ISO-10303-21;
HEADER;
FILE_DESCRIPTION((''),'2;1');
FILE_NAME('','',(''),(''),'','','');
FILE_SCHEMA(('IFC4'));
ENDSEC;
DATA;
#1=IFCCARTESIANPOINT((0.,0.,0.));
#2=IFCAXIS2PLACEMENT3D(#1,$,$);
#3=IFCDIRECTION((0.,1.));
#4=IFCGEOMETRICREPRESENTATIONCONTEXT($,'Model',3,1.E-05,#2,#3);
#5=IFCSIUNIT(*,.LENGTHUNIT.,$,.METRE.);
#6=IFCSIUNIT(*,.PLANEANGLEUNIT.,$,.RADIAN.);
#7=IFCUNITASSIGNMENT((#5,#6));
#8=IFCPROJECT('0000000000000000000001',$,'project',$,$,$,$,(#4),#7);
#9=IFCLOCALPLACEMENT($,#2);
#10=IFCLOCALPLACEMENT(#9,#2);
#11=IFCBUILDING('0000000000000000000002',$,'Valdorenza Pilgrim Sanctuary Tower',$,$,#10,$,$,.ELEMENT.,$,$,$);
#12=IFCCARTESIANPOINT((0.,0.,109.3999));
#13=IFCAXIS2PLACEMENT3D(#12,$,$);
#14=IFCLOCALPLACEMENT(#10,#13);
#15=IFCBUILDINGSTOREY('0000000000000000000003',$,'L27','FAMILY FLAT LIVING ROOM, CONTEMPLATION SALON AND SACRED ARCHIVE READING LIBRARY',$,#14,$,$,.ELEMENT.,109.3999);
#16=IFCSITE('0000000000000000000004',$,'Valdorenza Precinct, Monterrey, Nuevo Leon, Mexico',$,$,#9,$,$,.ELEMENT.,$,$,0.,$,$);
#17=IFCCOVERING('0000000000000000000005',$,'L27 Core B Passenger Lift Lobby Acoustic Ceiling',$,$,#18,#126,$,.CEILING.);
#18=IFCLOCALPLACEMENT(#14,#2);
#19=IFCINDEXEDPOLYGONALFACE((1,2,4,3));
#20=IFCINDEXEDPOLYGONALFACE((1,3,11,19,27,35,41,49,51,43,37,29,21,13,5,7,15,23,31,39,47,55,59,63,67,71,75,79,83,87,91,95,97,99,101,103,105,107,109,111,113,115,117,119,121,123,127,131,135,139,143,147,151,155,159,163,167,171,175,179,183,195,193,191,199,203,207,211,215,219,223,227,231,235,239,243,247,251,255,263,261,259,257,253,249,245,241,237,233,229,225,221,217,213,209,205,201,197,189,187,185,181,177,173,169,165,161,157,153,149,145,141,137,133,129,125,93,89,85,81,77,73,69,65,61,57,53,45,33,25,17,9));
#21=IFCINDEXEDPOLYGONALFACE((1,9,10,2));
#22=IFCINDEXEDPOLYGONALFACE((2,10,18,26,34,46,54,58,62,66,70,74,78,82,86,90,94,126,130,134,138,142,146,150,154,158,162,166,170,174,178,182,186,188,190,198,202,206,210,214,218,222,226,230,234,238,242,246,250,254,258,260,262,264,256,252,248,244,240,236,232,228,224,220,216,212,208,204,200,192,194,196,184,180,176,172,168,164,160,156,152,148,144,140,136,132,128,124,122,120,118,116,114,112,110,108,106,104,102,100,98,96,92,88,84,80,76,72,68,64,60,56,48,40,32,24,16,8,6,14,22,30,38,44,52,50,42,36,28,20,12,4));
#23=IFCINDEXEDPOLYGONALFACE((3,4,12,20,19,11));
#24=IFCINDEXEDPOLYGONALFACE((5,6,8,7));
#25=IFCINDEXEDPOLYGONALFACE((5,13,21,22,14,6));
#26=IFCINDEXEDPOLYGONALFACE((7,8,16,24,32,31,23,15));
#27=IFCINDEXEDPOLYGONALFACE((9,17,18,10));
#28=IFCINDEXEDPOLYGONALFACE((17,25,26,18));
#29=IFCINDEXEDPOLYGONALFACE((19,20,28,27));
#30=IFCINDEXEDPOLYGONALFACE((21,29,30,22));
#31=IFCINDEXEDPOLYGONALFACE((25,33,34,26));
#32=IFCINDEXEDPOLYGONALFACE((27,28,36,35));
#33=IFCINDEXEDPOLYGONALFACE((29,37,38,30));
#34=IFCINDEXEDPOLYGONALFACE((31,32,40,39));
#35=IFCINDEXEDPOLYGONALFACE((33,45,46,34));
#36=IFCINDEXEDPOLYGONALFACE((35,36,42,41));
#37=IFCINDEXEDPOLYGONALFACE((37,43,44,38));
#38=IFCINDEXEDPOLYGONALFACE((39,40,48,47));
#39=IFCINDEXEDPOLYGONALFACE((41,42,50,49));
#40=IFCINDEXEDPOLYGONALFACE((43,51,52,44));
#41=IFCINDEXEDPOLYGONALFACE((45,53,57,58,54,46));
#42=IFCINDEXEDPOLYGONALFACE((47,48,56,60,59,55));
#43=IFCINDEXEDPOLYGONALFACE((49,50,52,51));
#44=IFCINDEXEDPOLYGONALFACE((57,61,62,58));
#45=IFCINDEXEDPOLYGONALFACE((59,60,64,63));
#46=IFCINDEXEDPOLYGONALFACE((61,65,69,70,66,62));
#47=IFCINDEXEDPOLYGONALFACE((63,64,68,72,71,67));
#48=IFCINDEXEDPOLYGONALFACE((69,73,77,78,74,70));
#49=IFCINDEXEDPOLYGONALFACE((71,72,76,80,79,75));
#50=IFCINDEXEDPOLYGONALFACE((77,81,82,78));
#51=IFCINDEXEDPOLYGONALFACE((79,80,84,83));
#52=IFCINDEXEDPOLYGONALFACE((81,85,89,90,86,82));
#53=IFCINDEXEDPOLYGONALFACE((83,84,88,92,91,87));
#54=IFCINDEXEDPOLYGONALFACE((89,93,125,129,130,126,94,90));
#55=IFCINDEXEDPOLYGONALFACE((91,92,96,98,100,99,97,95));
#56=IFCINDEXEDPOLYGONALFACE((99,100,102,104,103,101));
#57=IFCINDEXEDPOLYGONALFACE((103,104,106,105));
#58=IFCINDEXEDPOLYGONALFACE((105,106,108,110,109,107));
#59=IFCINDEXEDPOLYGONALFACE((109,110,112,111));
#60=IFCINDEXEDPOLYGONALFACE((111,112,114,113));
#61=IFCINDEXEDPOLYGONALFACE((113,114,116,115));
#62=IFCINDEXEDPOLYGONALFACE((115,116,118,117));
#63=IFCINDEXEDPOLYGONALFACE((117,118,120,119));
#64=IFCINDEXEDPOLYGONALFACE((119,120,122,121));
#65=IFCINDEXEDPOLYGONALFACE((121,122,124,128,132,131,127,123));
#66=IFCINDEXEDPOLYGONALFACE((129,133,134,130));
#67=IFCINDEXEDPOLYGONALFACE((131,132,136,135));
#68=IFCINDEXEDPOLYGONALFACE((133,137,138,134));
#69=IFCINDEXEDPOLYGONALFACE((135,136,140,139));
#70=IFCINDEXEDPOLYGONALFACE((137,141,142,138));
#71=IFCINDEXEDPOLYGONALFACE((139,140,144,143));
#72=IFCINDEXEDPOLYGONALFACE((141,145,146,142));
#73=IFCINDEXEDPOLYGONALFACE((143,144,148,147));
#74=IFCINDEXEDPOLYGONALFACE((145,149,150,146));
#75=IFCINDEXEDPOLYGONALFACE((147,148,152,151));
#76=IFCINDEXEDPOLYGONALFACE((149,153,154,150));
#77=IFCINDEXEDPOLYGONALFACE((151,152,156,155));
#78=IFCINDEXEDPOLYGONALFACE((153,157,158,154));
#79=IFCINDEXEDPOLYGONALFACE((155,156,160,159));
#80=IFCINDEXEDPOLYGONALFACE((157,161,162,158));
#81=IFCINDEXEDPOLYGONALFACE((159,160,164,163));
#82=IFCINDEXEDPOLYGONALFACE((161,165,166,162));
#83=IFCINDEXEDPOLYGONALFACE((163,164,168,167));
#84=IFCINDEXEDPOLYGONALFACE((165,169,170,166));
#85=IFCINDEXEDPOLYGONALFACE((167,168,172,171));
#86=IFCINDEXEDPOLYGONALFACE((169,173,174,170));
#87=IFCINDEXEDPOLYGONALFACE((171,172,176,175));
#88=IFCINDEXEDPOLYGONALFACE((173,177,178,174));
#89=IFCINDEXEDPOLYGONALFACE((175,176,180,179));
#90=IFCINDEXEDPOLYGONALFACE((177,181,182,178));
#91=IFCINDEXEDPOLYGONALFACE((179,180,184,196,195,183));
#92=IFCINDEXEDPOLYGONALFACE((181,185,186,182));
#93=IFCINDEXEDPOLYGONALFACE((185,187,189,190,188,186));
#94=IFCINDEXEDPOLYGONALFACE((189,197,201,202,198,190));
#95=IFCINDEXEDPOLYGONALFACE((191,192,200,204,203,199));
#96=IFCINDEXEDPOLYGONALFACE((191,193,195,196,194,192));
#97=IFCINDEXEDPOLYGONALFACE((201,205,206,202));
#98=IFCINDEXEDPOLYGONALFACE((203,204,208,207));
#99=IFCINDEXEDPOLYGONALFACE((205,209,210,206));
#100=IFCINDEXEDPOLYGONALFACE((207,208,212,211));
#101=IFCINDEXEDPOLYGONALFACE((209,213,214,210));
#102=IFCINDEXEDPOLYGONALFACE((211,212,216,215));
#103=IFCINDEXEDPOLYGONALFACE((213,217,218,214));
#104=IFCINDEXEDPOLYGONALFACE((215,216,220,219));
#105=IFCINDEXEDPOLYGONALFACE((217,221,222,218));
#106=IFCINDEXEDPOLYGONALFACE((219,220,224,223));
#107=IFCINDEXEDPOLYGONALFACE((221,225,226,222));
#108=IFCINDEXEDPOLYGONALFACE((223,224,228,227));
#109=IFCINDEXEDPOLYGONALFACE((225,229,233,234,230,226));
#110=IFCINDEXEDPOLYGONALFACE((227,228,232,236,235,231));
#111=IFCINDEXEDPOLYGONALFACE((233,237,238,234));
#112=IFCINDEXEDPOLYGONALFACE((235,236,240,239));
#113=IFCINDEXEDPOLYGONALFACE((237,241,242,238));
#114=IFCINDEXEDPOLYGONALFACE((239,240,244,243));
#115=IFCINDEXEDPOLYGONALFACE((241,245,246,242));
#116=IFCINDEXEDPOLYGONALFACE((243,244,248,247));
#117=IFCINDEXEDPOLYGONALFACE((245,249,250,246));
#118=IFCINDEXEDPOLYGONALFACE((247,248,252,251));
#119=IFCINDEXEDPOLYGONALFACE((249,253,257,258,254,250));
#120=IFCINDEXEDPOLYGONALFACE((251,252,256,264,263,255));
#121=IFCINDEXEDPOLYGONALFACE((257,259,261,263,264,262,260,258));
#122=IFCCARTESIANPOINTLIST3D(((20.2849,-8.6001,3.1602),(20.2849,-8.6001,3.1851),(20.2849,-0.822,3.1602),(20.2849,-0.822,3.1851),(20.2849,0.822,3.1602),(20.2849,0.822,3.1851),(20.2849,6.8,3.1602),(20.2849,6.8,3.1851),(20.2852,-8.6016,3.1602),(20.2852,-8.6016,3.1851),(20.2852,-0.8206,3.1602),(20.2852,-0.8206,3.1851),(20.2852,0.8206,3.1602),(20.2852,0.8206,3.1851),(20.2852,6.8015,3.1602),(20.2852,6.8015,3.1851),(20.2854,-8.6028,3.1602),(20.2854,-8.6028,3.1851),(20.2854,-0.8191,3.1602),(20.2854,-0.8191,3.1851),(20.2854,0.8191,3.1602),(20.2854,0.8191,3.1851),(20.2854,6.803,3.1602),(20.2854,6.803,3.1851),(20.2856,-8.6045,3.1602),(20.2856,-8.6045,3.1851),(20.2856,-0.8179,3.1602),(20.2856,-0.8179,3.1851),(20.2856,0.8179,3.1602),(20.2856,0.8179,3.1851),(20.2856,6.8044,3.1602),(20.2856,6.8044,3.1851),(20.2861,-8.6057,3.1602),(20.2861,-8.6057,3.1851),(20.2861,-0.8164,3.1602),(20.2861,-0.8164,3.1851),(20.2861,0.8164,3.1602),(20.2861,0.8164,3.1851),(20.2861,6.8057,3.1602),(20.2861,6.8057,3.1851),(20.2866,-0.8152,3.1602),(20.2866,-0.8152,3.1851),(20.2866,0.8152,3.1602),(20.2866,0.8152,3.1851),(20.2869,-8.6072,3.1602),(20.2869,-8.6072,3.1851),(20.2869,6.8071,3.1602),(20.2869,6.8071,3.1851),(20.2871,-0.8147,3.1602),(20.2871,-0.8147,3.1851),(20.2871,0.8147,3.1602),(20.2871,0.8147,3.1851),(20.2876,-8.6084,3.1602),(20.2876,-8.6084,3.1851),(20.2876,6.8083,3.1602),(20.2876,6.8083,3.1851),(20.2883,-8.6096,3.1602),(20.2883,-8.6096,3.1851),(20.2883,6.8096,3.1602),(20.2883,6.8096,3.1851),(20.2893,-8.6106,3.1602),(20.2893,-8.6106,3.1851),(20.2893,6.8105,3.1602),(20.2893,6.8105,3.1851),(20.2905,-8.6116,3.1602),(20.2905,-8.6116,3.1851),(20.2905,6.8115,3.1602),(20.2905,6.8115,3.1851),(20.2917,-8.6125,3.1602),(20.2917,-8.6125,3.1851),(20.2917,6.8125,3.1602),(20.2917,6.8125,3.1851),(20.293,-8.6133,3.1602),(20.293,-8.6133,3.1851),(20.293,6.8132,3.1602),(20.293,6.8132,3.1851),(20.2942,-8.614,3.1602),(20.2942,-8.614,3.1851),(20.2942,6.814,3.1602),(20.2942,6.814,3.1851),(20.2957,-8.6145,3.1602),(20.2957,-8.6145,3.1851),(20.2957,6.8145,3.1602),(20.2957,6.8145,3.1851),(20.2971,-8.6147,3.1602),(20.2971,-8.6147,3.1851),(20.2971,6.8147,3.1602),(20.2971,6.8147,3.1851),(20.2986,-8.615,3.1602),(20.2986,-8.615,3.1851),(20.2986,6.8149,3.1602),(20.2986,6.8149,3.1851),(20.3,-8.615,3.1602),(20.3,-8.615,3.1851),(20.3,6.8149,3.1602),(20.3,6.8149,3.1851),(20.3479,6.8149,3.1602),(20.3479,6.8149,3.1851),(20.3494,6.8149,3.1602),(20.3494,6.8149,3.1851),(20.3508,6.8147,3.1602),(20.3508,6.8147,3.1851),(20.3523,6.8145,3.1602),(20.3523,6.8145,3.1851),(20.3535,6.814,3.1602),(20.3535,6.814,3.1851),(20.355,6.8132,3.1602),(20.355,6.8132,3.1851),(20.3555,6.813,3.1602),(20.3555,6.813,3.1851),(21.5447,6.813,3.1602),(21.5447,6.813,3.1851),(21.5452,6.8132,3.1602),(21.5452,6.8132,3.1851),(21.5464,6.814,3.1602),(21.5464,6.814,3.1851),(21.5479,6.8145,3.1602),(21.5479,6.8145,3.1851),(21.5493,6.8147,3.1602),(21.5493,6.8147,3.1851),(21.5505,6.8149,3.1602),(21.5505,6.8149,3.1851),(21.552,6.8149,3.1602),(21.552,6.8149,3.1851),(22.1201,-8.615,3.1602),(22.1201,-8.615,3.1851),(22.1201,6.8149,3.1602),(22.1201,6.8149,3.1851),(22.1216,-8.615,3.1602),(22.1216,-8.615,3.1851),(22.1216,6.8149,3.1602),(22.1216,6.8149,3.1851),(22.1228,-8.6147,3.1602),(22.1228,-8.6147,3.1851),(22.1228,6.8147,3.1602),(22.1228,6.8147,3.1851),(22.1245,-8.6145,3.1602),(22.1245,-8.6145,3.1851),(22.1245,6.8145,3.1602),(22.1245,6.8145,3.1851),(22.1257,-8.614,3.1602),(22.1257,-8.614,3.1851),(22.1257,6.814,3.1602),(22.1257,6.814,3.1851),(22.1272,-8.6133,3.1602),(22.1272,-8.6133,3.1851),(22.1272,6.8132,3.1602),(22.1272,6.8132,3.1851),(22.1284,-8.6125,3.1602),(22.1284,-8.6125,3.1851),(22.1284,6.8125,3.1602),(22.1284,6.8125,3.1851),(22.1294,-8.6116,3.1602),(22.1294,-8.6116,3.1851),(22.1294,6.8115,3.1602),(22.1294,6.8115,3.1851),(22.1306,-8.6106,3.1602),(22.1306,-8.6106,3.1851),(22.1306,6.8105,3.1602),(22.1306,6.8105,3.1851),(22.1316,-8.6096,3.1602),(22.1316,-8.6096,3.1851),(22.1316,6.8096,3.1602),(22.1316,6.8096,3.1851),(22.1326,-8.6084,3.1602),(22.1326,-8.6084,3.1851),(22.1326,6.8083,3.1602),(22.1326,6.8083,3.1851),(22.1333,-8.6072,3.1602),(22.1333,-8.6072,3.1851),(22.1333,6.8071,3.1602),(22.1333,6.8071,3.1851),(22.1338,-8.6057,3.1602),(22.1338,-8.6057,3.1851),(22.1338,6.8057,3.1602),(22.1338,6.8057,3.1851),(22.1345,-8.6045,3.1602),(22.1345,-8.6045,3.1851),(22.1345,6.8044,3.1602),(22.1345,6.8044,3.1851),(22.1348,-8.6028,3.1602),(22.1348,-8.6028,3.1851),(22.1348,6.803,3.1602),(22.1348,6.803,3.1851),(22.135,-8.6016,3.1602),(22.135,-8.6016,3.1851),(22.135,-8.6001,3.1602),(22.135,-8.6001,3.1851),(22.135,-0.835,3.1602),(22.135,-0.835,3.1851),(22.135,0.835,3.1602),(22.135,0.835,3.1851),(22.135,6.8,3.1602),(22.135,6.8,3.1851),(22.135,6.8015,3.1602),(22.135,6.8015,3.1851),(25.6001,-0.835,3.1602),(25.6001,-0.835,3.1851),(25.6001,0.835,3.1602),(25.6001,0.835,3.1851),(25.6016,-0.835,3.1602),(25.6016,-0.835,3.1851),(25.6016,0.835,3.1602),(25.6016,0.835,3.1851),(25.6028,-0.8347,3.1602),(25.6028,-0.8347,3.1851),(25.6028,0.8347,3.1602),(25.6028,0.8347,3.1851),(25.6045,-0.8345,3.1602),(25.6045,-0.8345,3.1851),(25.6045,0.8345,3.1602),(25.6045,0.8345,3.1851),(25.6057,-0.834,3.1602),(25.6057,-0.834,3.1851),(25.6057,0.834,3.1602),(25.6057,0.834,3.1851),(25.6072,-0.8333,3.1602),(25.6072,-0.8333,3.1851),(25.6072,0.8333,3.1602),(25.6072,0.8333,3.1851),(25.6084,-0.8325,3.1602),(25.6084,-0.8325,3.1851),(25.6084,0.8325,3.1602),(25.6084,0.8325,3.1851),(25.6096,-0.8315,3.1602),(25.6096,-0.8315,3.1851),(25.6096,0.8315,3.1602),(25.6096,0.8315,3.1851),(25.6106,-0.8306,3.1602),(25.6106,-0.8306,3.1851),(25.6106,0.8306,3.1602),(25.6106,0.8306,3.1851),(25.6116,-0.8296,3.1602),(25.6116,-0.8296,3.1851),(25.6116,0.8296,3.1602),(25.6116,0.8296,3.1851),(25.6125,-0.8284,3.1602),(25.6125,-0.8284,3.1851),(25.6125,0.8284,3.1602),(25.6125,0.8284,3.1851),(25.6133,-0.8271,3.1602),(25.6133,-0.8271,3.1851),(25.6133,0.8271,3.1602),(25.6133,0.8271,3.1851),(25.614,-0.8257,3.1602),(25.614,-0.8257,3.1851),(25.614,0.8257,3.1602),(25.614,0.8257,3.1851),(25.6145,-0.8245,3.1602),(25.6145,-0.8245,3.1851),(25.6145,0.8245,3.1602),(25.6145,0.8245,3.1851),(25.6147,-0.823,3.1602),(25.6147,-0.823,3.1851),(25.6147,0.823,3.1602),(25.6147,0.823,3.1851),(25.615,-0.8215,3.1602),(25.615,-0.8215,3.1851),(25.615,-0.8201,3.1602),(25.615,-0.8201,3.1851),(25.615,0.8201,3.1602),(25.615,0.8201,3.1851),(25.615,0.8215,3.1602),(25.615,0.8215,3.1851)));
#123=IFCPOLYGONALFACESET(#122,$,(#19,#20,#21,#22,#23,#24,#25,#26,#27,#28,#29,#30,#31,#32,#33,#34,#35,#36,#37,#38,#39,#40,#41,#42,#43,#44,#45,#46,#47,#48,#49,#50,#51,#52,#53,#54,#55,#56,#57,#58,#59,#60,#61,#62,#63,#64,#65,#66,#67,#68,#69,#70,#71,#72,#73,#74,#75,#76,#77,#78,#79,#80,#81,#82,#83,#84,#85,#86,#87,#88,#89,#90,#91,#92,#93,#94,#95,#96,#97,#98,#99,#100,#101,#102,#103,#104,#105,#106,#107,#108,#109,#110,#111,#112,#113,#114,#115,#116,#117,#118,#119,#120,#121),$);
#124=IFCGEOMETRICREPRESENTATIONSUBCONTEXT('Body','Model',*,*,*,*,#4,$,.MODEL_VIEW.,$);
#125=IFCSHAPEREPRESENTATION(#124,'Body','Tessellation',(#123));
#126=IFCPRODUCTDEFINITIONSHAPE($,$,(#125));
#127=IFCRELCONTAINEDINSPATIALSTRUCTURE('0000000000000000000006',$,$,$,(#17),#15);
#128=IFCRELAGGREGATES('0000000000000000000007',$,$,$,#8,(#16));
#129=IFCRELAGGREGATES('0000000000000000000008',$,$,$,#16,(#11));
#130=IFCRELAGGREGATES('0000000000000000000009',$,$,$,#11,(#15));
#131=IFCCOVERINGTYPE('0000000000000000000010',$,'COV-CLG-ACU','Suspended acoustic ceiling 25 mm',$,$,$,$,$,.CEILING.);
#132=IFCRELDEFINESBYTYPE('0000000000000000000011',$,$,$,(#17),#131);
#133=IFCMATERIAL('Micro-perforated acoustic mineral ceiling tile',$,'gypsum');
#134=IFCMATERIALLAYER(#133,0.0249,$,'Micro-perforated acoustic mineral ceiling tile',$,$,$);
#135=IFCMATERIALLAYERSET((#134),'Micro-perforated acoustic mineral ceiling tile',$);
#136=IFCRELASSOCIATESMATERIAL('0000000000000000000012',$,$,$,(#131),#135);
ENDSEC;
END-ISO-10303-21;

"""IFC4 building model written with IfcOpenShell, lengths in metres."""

from ifc_helpers import new_model, si_unit, direction, frame, origin, place, context, subcontext, project, spatial, polyline, outline, extrude, material, layer, layer_set, type_object, element, save


model = new_model("IFC4")

# Units and contexts
model_context = context("Model", 3, precision=1e-05, world=origin(), true_north=direction((0.0, 1.0)))
body_context = subcontext(model_context, "Body", "Model", "MODEL_VIEW")
ifc_project = project(units=[si_unit("LENGTHUNIT", "METRE"), si_unit("PLANEANGLEUNIT", "RADIAN")], contexts=[model_context])

# Site, building, storey
site_placement = place(None, origin())
site = spatial("IfcSite", under=ifc_project, at=site_placement, Name="Valdorenza Precinct, Monterrey, Nuevo Leon, Mexico", CompositionType="ELEMENT", RefElevation=0.0)
building_placement = place(site_placement, origin())
building = spatial("IfcBuilding", under=site, at=building_placement, Name="Valdorenza Pilgrim Sanctuary Tower", CompositionType="ELEMENT")
storey_placement = place(building_placement, frame((0.0, 0.0, 109.3999)))
storey = spatial("IfcBuildingStorey", under=building, at=storey_placement, Name="L27", Description="FAMILY FLAT LIVING ROOM, CONTEMPLATION SALON AND SACRED ARCHIVE READING LIBRARY", CompositionType="ELEMENT", Elevation=109.3999)

# Covering
ifc_material_1 = material(Name="Micro-perforated acoustic mineral ceiling tile", Category="gypsum")
ifc_layer_1 = layer(ifc_material_1, 0.0249, Name="Micro-perforated acoustic mineral ceiling tile")
ifc_layer_set_1 = layer_set([ifc_layer_1], Name="Micro-perforated acoustic mineral ceiling tile")
covering_type_1 = type_object("IfcCoveringType", Name="COV-CLG-ACU", Description="Suspended acoustic ceiling 25 mm", PredefinedType="CEILING", material=ifc_layer_set_1)
covering_1_placement = place(storey_placement, frame((0.0, 0.0, 3.1602)))
element("IfcCovering", 1, at=covering_1_placement, inside=storey, type_object=covering_type_1, Name="L27 Core B Passenger Lift Lobby Acoustic Ceiling", PredefinedType="CEILING", context=body_context, shape_type="SweptSolid", body=[
    extrude(outline(polyline([(20.2871, -0.8147), (20.2871, 0.8147), (20.2866, 0.8152), (20.2861, 0.8164), (20.2856, 0.8179), (20.2854, 0.8191), (20.2852, 0.8206), (20.2849, 0.822), (20.2849, 6.8), (20.2852, 6.8015), (20.2854, 6.803), (20.2856, 6.8044), (20.2861, 6.8057), (20.2869, 6.8071), (20.2876, 6.8083), (20.2883, 6.8096), (20.2893, 6.8105), (20.2905, 6.8115), (20.2917, 6.8125), (20.293, 6.8132), (20.2942, 6.814), (20.2957, 6.8145), (20.2971, 6.8147), (20.2986, 6.8149), (20.3, 6.8149), (20.3479, 6.8149), (20.3494, 6.8149), (20.3508, 6.8147), (20.3523, 6.8145), (20.3535, 6.814), (20.355, 6.8132), (20.3555, 6.813), (21.5447, 6.813), (21.5452, 6.8132), (21.5464, 6.814), (21.5479, 6.8145), (21.5493, 6.8147), (21.5505, 6.8149), (21.552, 6.8149), (22.1201, 6.8149), (22.1216, 6.8149), (22.1228, 6.8147), (22.1245, 6.8145), (22.1257, 6.814), (22.1272, 6.8132), (22.1284, 6.8125), (22.1294, 6.8115), (22.1306, 6.8105), (22.1316, 6.8096), (22.1326, 6.8083), (22.1333, 6.8071), (22.1338, 6.8057), (22.1345, 6.8044), (22.1348, 6.803), (22.135, 6.8015), (22.135, 6.8), (22.135, 0.835), (25.6001, 0.835), (25.6016, 0.835), (25.6028, 0.8347), (25.6045, 0.8345), (25.6057, 0.834), (25.6072, 0.8333), (25.6084, 0.8325), (25.6096, 0.8315), (25.6106, 0.8306), (25.6116, 0.8296), (25.6125, 0.8284), (25.6133, 0.8271), (25.614, 0.8257), (25.6145, 0.8245), (25.6147, 0.823), (25.615, 0.8215), (25.615, 0.8201), (25.615, -0.8201), (25.615, -0.8215), (25.6147, -0.823), (25.6145, -0.8245), (25.614, -0.8257), (25.6133, -0.8271), (25.6125, -0.8284), (25.6116, -0.8296), (25.6106, -0.8306), (25.6096, -0.8315), (25.6084, -0.8325), (25.6072, -0.8333), (25.6057, -0.834), (25.6045, -0.8345), (25.6028, -0.8347), (25.6016, -0.835), (25.6001, -0.835), (22.135, -0.835), (22.135, -8.6001), (22.135, -8.6016), (22.1348, -8.6028), (22.1345, -8.6045), (22.1338, -8.6057), (22.1333, -8.6072), (22.1326, -8.6084), (22.1316, -8.6096), (22.1306, -8.6106), (22.1294, -8.6116), (22.1284, -8.6125), (22.1272, -8.6133), (22.1257, -8.614), (22.1245, -8.6145), (22.1228, -8.6147), (22.1216, -8.615), (22.1201, -8.615), (20.3, -8.615), (20.2986, -8.615), (20.2971, -8.6147), (20.2957, -8.6145), (20.2942, -8.614), (20.293, -8.6133), (20.2917, -8.6125), (20.2905, -8.6116), (20.2893, -8.6106), (20.2883, -8.6096), (20.2876, -8.6084), (20.2869, -8.6072), (20.2861, -8.6057), (20.2856, -8.6045), (20.2854, -8.6028), (20.2852, -8.6016), (20.2849, -8.6001), (20.2849, -0.822), (20.2852, -0.8206), (20.2854, -0.8191), (20.2856, -0.8179), (20.2861, -0.8164), (20.2866, -0.8152), (20.2871, -0.8147)])), origin(), (0.0, 0.0, 1.0), 0.0249),
])

save(model, "model.ifc")
